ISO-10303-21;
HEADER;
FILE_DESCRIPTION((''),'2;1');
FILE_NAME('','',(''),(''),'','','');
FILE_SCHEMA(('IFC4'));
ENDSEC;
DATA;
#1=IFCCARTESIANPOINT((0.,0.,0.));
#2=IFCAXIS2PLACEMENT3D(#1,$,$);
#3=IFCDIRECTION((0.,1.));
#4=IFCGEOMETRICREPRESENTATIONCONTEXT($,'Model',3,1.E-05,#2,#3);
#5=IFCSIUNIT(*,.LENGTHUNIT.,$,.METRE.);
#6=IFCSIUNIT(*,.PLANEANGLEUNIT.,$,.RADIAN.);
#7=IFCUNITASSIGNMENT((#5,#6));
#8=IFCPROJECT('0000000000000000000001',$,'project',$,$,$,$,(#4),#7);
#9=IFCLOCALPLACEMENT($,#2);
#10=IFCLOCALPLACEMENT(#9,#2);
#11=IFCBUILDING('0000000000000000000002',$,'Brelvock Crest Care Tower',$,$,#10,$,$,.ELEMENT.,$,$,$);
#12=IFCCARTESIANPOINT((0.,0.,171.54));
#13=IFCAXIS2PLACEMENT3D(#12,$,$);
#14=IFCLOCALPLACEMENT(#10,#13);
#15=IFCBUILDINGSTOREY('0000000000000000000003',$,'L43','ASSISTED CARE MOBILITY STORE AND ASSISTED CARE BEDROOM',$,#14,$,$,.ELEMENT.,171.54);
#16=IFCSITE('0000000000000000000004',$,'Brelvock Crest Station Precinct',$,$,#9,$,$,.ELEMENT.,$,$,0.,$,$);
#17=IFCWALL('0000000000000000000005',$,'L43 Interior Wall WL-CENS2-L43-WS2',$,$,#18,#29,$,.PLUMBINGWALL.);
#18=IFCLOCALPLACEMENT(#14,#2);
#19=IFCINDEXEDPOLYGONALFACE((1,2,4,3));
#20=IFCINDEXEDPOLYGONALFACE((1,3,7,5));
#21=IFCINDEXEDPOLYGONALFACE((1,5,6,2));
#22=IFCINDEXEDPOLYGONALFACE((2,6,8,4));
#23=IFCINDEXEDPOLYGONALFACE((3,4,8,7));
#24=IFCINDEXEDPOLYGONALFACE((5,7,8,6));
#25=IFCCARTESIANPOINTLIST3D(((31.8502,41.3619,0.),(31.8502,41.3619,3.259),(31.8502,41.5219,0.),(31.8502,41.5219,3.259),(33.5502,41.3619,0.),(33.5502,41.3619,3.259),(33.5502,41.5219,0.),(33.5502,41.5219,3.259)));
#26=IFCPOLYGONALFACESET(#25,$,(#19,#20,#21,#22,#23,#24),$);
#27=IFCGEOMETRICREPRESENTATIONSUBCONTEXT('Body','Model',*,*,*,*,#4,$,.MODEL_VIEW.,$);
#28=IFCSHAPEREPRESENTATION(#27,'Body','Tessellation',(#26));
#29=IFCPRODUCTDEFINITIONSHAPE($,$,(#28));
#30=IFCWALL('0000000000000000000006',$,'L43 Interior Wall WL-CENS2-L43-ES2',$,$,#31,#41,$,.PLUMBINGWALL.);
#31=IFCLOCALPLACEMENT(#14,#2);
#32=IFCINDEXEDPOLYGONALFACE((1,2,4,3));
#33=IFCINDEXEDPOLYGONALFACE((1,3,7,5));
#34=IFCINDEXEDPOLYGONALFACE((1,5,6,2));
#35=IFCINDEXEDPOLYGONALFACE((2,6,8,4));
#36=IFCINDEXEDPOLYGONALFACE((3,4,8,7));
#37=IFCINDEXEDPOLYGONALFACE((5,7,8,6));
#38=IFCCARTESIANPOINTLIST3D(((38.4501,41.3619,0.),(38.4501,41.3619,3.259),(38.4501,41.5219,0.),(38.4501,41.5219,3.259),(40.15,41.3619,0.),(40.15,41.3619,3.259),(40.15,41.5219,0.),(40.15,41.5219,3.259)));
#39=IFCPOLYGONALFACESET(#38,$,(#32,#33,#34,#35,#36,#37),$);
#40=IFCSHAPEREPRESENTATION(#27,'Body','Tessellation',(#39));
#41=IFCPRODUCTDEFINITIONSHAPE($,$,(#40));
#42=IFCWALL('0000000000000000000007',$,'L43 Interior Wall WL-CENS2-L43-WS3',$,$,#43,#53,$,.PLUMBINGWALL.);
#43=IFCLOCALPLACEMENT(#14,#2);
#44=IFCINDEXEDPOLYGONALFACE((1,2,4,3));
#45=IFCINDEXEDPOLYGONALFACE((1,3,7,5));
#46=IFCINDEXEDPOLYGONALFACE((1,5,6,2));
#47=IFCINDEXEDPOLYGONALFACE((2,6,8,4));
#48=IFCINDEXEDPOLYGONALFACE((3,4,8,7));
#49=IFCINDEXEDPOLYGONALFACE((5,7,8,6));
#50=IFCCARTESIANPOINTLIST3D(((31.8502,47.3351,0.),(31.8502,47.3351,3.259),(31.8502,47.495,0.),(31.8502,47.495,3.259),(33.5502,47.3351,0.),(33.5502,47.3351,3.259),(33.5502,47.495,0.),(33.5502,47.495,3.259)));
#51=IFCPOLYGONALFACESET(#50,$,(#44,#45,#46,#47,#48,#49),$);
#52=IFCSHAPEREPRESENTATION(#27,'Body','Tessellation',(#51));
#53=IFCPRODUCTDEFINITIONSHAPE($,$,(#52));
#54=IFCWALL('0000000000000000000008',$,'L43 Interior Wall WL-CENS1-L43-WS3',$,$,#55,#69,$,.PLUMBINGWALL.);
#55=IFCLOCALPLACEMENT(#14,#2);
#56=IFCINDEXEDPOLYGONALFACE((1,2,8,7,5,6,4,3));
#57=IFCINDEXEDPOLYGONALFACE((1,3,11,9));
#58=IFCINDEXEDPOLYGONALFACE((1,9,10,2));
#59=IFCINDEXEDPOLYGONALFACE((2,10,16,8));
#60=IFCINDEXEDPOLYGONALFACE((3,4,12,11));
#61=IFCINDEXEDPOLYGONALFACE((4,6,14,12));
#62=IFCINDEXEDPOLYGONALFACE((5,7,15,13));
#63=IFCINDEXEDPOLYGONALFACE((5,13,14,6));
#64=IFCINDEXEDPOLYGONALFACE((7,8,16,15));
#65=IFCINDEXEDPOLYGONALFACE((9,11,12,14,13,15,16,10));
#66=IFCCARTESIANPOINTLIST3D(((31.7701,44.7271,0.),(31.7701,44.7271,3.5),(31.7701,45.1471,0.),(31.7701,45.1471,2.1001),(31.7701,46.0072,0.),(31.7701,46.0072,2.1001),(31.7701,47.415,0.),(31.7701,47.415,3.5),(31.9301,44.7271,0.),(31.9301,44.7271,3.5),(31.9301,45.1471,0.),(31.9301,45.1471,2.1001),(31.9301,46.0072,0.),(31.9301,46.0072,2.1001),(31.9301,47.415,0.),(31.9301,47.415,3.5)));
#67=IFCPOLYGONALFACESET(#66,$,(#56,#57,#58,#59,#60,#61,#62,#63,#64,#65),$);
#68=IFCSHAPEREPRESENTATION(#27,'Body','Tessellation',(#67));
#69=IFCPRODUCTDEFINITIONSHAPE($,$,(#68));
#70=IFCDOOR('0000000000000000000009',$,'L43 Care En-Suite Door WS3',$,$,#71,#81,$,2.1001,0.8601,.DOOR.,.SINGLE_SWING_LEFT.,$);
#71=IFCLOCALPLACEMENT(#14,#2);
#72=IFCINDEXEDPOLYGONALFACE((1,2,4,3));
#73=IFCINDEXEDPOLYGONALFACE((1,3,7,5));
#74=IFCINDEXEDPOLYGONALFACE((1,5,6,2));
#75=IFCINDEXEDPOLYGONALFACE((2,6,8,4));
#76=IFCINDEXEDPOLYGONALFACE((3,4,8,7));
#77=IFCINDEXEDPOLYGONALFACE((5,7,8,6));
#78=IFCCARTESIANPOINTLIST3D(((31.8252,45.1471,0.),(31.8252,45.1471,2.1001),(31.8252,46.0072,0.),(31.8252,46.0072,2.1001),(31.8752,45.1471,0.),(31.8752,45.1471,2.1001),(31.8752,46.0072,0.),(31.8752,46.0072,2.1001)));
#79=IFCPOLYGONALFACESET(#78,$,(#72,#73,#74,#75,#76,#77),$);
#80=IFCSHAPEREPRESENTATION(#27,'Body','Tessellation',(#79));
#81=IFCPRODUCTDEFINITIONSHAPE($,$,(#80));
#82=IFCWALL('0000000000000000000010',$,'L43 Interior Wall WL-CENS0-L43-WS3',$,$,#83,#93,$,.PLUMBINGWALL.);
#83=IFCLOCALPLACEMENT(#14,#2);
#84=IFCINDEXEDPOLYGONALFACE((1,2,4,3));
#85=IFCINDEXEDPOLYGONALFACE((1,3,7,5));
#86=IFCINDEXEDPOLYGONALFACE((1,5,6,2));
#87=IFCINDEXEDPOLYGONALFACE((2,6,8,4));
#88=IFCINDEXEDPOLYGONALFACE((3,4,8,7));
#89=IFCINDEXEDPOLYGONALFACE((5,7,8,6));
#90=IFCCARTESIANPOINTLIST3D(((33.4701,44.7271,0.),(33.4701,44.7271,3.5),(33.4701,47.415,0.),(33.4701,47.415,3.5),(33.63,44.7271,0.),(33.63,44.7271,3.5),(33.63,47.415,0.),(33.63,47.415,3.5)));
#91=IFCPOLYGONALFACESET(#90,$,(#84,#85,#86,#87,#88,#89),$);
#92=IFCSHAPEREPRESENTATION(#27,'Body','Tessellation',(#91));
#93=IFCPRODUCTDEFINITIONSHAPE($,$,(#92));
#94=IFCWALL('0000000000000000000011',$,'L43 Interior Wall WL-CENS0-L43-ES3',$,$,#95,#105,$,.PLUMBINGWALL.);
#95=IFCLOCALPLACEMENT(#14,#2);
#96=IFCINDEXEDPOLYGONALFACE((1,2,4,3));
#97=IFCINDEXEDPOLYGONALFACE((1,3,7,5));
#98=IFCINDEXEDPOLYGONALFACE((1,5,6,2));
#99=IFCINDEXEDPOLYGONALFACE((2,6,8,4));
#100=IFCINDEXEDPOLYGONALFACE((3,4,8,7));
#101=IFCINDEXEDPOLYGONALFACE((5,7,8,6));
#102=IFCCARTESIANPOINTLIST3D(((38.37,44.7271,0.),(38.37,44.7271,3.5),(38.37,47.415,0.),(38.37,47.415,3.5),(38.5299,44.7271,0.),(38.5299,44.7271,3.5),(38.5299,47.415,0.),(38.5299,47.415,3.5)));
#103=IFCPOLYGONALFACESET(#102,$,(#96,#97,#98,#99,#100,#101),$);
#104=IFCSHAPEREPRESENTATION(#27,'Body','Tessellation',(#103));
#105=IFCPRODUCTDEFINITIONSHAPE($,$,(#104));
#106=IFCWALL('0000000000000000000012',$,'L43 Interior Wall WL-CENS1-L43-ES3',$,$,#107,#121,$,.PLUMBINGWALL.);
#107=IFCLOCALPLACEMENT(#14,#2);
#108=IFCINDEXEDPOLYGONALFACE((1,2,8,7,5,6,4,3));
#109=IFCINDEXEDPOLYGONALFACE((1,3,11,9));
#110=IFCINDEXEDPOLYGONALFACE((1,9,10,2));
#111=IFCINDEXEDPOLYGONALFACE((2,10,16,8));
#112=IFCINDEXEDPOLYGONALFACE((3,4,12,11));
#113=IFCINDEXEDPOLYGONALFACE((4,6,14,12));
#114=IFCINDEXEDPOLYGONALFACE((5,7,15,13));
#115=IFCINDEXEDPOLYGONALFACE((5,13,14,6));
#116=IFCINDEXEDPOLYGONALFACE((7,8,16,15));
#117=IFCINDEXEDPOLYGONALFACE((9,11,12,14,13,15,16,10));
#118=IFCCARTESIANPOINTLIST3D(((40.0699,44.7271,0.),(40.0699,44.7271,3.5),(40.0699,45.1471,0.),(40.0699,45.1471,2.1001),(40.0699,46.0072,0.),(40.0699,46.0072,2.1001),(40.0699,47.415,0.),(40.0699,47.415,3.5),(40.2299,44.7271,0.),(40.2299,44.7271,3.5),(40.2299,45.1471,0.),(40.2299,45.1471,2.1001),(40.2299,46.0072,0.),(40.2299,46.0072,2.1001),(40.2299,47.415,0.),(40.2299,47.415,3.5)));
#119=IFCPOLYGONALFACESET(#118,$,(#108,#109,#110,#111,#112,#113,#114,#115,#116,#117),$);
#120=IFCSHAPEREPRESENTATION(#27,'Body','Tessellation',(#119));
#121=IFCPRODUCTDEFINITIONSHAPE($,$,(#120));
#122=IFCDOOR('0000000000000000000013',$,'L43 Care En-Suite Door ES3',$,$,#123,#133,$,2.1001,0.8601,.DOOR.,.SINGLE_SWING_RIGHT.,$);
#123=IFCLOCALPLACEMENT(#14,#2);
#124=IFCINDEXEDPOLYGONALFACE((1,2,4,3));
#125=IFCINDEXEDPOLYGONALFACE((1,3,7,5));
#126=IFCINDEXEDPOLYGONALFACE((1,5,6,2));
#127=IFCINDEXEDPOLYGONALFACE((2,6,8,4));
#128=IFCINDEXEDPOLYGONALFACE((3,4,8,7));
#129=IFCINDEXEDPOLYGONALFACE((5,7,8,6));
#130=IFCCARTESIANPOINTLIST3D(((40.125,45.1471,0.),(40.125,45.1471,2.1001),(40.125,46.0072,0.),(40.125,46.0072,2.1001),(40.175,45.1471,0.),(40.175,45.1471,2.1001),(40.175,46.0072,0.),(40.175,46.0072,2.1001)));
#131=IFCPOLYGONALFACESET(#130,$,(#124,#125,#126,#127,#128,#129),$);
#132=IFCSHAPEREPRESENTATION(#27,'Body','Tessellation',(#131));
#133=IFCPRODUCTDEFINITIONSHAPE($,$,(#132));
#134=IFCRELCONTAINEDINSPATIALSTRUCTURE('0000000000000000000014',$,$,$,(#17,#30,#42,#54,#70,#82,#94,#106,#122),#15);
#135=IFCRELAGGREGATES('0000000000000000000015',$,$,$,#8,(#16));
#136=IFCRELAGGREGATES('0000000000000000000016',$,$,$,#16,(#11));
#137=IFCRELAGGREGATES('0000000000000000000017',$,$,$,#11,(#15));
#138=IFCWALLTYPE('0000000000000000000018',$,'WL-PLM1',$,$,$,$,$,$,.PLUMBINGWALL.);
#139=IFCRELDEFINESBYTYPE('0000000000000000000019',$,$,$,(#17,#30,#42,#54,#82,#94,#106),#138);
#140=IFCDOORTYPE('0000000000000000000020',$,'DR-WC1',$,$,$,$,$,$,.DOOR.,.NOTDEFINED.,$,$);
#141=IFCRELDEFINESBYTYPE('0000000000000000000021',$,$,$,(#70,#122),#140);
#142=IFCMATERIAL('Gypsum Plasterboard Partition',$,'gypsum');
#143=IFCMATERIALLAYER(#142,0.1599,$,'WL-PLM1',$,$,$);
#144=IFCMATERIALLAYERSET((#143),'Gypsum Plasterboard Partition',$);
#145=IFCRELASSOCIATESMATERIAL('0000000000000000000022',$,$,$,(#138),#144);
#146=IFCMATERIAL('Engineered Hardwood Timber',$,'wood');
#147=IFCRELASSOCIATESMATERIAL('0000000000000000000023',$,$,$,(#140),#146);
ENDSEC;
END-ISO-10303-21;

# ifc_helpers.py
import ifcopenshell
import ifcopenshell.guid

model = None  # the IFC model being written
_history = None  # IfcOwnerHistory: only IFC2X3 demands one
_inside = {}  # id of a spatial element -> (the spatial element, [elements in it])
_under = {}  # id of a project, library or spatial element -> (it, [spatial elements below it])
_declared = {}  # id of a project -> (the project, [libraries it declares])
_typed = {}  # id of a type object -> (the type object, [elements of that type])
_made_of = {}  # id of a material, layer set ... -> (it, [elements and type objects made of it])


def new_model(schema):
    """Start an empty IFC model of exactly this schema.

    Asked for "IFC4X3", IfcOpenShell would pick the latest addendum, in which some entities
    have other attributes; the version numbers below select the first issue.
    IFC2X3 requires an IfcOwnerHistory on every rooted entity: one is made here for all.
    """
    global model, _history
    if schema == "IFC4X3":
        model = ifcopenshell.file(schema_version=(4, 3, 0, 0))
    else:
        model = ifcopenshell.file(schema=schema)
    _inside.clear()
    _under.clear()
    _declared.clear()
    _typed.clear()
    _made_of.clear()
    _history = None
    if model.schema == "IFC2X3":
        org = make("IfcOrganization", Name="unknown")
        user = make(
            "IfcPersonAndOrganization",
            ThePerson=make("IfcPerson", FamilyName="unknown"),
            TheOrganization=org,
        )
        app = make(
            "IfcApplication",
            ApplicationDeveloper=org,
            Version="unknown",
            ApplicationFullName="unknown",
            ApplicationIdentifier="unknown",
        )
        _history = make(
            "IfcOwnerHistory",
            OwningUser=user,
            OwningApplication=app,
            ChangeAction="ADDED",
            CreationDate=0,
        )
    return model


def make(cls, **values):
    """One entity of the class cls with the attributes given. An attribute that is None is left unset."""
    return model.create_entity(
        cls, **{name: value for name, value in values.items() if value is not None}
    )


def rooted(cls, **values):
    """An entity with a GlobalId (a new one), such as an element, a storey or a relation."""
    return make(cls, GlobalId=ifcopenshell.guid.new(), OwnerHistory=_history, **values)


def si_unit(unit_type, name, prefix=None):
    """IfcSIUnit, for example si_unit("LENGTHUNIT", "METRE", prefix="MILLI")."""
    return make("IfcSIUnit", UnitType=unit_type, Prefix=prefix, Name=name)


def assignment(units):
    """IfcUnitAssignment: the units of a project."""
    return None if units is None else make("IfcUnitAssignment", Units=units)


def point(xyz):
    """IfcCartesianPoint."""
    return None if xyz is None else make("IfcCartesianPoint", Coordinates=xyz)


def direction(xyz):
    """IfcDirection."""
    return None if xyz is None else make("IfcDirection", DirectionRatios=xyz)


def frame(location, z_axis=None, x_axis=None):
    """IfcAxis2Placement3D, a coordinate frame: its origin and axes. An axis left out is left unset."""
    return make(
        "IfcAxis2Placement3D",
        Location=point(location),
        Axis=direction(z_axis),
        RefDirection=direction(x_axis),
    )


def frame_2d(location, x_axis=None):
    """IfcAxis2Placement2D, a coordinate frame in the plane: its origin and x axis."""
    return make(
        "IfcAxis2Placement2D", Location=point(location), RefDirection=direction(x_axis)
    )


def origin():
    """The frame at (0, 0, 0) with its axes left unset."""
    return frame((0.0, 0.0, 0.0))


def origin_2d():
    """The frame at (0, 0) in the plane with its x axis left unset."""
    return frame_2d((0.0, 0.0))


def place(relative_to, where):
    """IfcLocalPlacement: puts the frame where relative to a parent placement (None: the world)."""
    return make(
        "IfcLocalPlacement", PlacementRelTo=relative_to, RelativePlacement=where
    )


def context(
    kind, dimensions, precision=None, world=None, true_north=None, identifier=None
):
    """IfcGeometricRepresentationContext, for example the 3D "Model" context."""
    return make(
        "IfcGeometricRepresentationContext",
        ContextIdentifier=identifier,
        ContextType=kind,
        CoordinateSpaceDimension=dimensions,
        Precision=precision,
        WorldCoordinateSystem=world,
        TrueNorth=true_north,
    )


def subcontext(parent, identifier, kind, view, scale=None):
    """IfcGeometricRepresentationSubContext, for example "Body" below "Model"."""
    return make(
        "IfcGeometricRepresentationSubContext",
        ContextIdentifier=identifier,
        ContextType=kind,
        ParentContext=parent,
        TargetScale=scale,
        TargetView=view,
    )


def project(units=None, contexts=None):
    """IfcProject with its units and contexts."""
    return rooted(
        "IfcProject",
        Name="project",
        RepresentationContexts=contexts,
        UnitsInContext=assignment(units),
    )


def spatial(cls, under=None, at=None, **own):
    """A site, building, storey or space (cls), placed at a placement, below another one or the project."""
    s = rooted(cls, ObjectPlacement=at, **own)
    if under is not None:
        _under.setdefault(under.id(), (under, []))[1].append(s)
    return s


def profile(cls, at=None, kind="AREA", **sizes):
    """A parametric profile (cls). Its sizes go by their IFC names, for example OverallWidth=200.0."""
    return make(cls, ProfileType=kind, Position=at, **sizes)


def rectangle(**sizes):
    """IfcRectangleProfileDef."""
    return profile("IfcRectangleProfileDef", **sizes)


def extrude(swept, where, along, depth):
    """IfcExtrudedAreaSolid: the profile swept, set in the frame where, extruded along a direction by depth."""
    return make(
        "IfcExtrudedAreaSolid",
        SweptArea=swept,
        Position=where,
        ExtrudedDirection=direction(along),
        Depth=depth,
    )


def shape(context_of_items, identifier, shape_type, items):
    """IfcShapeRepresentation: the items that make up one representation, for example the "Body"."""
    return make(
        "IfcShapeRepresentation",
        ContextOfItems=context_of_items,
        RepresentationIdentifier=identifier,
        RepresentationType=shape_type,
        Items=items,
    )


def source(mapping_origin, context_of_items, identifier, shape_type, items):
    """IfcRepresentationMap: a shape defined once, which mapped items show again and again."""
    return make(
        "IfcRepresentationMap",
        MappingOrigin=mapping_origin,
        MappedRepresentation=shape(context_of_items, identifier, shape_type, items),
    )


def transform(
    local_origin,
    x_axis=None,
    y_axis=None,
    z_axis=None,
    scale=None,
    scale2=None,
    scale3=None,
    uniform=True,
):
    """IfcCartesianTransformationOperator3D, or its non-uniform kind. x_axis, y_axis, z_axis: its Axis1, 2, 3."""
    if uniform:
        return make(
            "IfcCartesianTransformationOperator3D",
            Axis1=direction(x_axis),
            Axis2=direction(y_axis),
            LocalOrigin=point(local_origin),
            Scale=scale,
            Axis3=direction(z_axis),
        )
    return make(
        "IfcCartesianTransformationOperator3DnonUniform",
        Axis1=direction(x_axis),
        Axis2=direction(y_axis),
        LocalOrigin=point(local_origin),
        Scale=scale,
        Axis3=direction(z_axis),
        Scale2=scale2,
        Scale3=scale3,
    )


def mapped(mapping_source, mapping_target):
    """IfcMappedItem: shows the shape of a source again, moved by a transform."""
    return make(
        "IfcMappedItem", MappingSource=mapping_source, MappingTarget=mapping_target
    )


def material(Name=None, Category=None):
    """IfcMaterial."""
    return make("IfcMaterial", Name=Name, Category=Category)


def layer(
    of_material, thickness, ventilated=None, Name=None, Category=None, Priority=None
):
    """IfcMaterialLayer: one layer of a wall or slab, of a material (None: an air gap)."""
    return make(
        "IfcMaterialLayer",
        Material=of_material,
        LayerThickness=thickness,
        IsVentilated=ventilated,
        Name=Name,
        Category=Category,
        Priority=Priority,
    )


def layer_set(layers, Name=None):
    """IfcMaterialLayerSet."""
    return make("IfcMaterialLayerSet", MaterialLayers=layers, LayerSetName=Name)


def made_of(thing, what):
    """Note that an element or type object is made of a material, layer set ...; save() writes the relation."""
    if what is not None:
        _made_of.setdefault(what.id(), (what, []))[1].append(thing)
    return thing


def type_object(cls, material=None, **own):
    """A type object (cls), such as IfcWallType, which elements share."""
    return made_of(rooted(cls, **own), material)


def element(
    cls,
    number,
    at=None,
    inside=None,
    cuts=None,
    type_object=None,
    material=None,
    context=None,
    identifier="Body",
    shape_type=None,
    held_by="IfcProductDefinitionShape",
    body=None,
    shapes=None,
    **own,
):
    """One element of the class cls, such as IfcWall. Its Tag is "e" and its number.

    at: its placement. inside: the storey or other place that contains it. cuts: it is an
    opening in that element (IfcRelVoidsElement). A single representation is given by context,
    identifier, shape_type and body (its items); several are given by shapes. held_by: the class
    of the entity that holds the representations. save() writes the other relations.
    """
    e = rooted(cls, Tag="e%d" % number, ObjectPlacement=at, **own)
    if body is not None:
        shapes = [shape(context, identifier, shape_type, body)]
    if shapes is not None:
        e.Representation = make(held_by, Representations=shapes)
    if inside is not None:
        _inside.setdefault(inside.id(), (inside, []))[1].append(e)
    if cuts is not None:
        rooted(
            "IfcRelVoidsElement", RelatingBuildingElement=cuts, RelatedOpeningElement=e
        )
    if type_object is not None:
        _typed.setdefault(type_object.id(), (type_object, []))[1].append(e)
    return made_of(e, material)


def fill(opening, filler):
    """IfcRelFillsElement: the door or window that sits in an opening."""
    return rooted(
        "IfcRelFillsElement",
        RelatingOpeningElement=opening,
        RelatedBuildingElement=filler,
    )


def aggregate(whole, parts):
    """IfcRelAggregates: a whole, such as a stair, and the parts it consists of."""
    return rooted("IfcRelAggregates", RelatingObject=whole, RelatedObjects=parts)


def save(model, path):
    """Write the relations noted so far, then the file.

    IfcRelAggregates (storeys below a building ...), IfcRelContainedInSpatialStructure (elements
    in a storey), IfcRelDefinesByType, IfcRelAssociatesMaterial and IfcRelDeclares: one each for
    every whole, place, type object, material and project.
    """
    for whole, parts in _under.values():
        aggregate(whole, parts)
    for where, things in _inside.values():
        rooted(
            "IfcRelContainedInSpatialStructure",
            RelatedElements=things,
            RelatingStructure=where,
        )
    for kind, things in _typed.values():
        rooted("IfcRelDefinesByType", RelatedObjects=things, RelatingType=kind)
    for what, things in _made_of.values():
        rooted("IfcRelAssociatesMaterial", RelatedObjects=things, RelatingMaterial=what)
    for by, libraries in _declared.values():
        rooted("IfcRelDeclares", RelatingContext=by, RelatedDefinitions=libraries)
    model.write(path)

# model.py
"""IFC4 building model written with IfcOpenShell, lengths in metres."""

from ifc_helpers import new_model, si_unit, direction, frame, frame_2d, origin, origin_2d, place, context, subcontext, project, spatial, rectangle, extrude, source, transform, mapped, material, layer, layer_set, type_object, element, fill, save


model = new_model("IFC4")

# Units and contexts
model_context = context("Model", 3, precision=1e-05, world=origin(), true_north=direction((0.0, 1.0)))
body_context = subcontext(model_context, "Body", "Model", "MODEL_VIEW")
ifc_project = project(units=[si_unit("LENGTHUNIT", "METRE"), si_unit("PLANEANGLEUNIT", "RADIAN")], contexts=[model_context])

# Site, building, storey
site_placement = place(None, origin())
site = spatial("IfcSite", under=ifc_project, at=site_placement, Name="Brelvock Crest Station Precinct", CompositionType="ELEMENT", RefElevation=0.0)
building_placement = place(site_placement, origin())
building = spatial("IfcBuilding", under=site, at=building_placement, Name="Brelvock Crest Care Tower", CompositionType="ELEMENT")
storey_placement = place(building_placement, frame((0.0, 0.0, 171.54)))
storey = spatial("IfcBuildingStorey", under=building, at=storey_placement, Name="L43", Description="ASSISTED CARE MOBILITY STORE AND ASSISTED CARE BEDROOM", CompositionType="ELEMENT", Elevation=171.54)

# Shared definitions
ifc_material_1 = material(Name="Engineered Hardwood Timber", Category="wood")

# Walls
ifc_material_2 = material(Name="Gypsum Plasterboard Partition", Category="gypsum")
ifc_layer_1 = layer(ifc_material_2, 0.1599, Name="WL-PLM1")
ifc_layer_set_1 = layer_set([ifc_layer_1], Name="Gypsum Plasterboard Partition")
wall_type_1 = type_object("IfcWallType", Name="WL-PLM1", PredefinedType="PLUMBINGWALL", material=ifc_layer_set_1)
for number, where, z_axis, x_axis, name in (
    (1, (31.8501, 41.4419, 0.0), (0.0, 0.0, 1.0), (1.0, 0.0, 0.0), "L43 Interior Wall WL-CENS2-L43-WS2"),
    (2, (38.45, 41.4419, 0.0), (0.0, 0.0, 1.0), (1.0, 0.0, 0.0), "L43 Interior Wall WL-CENS2-L43-ES2"),
    (3, (31.8501, 47.415, 0.0), (0.0, 0.0, 1.0), (1.0, 0.0, 0.0), "L43 Interior Wall WL-CENS2-L43-WS3"),
):
    element("IfcWall", number, at=place(storey_placement, frame(where, z_axis=z_axis, x_axis=x_axis)), inside=storey, type_object=wall_type_1, Name=name, PredefinedType="PLUMBINGWALL", context=body_context, shape_type="SweptSolid", body=[
        extrude(rectangle(XDim=1.7, YDim=0.1599, at=frame_2d((0.8501, 0.0))), origin(), (0.0, 0.0, 1.0), 3.259),
    ])

# Wall, opening, door
wall_1_placement = place(storey_placement, frame((31.8501, 44.7271, 0.0), z_axis=(0.0, 0.0, 1.0), x_axis=(0.0, 1.0, 0.0)))
wall_1 = element("IfcWall", 4, at=wall_1_placement, inside=storey, type_object=wall_type_1, Name="L43 Interior Wall WL-CENS1-L43-WS3", PredefinedType="PLUMBINGWALL", context=body_context, shape_type="SweptSolid", body=[
    extrude(rectangle(XDim=2.688, YDim=0.1599, at=frame_2d((1.344, 0.0))), origin(), (0.0, 0.0, 1.0), 3.5),
])
opening_1_placement = place(wall_1_placement, frame((0.4199, 0.0, 0.0)))
opening_1 = element("IfcOpeningElement", 5, at=opening_1_placement, cuts=wall_1, PredefinedType="OPENING", context=body_context, shape_type="SweptSolid", body=[
    extrude(rectangle(XDim=0.8601, YDim=2.1001, at=origin_2d()), frame((0.4302, 0.0898, 1.05), z_axis=(0.0, -1.0, 0.0), x_axis=(1.0, 0.0, 0.0)), (0.0, 0.0, 1.0), 0.1799),
])
door_type_1 = type_object("IfcDoorType", Name="DR-WC1", OperationType="NOTDEFINED", PredefinedType="DOOR", material=ifc_material_1)
shared_shape_1 = source(origin(), body_context, "Body", "SweptSolid", [
    extrude(rectangle(XDim=0.8601, YDim=2.1001, at=origin_2d()), frame((0.4302, 0.0249, 1.05), z_axis=(0.0, -1.0, 0.0), x_axis=(1.0, 0.0, 0.0)), (0.0, 0.0, 1.0), 0.05),
])
door_1_placement = place(opening_1_placement, origin())
door_1 = element("IfcDoor", 6, at=door_1_placement, inside=storey, type_object=door_type_1, Name="L43 Care En-Suite Door WS3", OperationType="SINGLE_SWING_LEFT", OverallHeight=2.1001, OverallWidth=0.8601, PredefinedType="DOOR", context=body_context, shape_type="MappedRepresentation", body=[
    mapped(shared_shape_1, transform((0.0, 0.0, 0.0), x_axis=(1.0, 0.0, 0.0), y_axis=(0.0, 1.0, 0.0), z_axis=(0.0, 0.0, 1.0), scale=1.0)),
])
fill(opening_1, door_1)

# Walls
for number, where, z_axis, x_axis, name in (
    (7, (33.55, 44.7271, 0.0), (0.0, 0.0, 1.0), (0.0, 1.0, 0.0), "L43 Interior Wall WL-CENS0-L43-WS3"),
    (8, (38.45, 44.7271, 0.0), (0.0, 0.0, 1.0), (0.0, 1.0, 0.0), "L43 Interior Wall WL-CENS0-L43-ES3"),
):
    element("IfcWall", number, at=place(storey_placement, frame(where, z_axis=z_axis, x_axis=x_axis)), inside=storey, type_object=wall_type_1, Name=name, PredefinedType="PLUMBINGWALL", context=body_context, shape_type="SweptSolid", body=[
        extrude(rectangle(XDim=2.688, YDim=0.1599, at=frame_2d((1.344, 0.0))), origin(), (0.0, 0.0, 1.0), 3.5),
    ])

# Wall, opening, door
wall_2_placement = place(storey_placement, frame((40.1499, 44.7271, 0.0), z_axis=(0.0, 0.0, 1.0), x_axis=(0.0, 1.0, 0.0)))
wall_2 = element("IfcWall", 9, at=wall_2_placement, inside=storey, type_object=wall_type_1, Name="L43 Interior Wall WL-CENS1-L43-ES3", PredefinedType="PLUMBINGWALL", context=body_context, shape_type="SweptSolid", body=[
    extrude(rectangle(XDim=2.688, YDim=0.1599, at=frame_2d((1.344, 0.0))), origin(), (0.0, 0.0, 1.0), 3.5),
])
opening_2_placement = place(wall_2_placement, frame((0.4199, 0.0, 0.0)))
opening_2 = element("IfcOpeningElement", 10, at=opening_2_placement, cuts=wall_2, PredefinedType="OPENING", context=body_context, shape_type="SweptSolid", body=[
    extrude(rectangle(XDim=0.8601, YDim=2.1001, at=origin_2d()), frame((0.4302, 0.0898, 1.05), z_axis=(0.0, -1.0, 0.0), x_axis=(1.0, 0.0, 0.0)), (0.0, 0.0, 1.0), 0.1799),
])
door_2_placement = place(opening_2_placement, origin())
door_2 = element("IfcDoor", 11, at=door_2_placement, inside=storey, type_object=door_type_1, Name="L43 Care En-Suite Door ES3", OperationType="SINGLE_SWING_RIGHT", OverallHeight=2.1001, OverallWidth=0.8601, PredefinedType="DOOR", context=body_context, shape_type="MappedRepresentation", body=[
    mapped(shared_shape_1, transform((0.0, 0.0, 0.0), x_axis=(1.0, 0.0, 0.0), y_axis=(0.0, 1.0, 0.0), z_axis=(0.0, 0.0, 1.0), scale=1.0)),
])
fill(opening_2, door_2)

save(model, "model.ifc")
